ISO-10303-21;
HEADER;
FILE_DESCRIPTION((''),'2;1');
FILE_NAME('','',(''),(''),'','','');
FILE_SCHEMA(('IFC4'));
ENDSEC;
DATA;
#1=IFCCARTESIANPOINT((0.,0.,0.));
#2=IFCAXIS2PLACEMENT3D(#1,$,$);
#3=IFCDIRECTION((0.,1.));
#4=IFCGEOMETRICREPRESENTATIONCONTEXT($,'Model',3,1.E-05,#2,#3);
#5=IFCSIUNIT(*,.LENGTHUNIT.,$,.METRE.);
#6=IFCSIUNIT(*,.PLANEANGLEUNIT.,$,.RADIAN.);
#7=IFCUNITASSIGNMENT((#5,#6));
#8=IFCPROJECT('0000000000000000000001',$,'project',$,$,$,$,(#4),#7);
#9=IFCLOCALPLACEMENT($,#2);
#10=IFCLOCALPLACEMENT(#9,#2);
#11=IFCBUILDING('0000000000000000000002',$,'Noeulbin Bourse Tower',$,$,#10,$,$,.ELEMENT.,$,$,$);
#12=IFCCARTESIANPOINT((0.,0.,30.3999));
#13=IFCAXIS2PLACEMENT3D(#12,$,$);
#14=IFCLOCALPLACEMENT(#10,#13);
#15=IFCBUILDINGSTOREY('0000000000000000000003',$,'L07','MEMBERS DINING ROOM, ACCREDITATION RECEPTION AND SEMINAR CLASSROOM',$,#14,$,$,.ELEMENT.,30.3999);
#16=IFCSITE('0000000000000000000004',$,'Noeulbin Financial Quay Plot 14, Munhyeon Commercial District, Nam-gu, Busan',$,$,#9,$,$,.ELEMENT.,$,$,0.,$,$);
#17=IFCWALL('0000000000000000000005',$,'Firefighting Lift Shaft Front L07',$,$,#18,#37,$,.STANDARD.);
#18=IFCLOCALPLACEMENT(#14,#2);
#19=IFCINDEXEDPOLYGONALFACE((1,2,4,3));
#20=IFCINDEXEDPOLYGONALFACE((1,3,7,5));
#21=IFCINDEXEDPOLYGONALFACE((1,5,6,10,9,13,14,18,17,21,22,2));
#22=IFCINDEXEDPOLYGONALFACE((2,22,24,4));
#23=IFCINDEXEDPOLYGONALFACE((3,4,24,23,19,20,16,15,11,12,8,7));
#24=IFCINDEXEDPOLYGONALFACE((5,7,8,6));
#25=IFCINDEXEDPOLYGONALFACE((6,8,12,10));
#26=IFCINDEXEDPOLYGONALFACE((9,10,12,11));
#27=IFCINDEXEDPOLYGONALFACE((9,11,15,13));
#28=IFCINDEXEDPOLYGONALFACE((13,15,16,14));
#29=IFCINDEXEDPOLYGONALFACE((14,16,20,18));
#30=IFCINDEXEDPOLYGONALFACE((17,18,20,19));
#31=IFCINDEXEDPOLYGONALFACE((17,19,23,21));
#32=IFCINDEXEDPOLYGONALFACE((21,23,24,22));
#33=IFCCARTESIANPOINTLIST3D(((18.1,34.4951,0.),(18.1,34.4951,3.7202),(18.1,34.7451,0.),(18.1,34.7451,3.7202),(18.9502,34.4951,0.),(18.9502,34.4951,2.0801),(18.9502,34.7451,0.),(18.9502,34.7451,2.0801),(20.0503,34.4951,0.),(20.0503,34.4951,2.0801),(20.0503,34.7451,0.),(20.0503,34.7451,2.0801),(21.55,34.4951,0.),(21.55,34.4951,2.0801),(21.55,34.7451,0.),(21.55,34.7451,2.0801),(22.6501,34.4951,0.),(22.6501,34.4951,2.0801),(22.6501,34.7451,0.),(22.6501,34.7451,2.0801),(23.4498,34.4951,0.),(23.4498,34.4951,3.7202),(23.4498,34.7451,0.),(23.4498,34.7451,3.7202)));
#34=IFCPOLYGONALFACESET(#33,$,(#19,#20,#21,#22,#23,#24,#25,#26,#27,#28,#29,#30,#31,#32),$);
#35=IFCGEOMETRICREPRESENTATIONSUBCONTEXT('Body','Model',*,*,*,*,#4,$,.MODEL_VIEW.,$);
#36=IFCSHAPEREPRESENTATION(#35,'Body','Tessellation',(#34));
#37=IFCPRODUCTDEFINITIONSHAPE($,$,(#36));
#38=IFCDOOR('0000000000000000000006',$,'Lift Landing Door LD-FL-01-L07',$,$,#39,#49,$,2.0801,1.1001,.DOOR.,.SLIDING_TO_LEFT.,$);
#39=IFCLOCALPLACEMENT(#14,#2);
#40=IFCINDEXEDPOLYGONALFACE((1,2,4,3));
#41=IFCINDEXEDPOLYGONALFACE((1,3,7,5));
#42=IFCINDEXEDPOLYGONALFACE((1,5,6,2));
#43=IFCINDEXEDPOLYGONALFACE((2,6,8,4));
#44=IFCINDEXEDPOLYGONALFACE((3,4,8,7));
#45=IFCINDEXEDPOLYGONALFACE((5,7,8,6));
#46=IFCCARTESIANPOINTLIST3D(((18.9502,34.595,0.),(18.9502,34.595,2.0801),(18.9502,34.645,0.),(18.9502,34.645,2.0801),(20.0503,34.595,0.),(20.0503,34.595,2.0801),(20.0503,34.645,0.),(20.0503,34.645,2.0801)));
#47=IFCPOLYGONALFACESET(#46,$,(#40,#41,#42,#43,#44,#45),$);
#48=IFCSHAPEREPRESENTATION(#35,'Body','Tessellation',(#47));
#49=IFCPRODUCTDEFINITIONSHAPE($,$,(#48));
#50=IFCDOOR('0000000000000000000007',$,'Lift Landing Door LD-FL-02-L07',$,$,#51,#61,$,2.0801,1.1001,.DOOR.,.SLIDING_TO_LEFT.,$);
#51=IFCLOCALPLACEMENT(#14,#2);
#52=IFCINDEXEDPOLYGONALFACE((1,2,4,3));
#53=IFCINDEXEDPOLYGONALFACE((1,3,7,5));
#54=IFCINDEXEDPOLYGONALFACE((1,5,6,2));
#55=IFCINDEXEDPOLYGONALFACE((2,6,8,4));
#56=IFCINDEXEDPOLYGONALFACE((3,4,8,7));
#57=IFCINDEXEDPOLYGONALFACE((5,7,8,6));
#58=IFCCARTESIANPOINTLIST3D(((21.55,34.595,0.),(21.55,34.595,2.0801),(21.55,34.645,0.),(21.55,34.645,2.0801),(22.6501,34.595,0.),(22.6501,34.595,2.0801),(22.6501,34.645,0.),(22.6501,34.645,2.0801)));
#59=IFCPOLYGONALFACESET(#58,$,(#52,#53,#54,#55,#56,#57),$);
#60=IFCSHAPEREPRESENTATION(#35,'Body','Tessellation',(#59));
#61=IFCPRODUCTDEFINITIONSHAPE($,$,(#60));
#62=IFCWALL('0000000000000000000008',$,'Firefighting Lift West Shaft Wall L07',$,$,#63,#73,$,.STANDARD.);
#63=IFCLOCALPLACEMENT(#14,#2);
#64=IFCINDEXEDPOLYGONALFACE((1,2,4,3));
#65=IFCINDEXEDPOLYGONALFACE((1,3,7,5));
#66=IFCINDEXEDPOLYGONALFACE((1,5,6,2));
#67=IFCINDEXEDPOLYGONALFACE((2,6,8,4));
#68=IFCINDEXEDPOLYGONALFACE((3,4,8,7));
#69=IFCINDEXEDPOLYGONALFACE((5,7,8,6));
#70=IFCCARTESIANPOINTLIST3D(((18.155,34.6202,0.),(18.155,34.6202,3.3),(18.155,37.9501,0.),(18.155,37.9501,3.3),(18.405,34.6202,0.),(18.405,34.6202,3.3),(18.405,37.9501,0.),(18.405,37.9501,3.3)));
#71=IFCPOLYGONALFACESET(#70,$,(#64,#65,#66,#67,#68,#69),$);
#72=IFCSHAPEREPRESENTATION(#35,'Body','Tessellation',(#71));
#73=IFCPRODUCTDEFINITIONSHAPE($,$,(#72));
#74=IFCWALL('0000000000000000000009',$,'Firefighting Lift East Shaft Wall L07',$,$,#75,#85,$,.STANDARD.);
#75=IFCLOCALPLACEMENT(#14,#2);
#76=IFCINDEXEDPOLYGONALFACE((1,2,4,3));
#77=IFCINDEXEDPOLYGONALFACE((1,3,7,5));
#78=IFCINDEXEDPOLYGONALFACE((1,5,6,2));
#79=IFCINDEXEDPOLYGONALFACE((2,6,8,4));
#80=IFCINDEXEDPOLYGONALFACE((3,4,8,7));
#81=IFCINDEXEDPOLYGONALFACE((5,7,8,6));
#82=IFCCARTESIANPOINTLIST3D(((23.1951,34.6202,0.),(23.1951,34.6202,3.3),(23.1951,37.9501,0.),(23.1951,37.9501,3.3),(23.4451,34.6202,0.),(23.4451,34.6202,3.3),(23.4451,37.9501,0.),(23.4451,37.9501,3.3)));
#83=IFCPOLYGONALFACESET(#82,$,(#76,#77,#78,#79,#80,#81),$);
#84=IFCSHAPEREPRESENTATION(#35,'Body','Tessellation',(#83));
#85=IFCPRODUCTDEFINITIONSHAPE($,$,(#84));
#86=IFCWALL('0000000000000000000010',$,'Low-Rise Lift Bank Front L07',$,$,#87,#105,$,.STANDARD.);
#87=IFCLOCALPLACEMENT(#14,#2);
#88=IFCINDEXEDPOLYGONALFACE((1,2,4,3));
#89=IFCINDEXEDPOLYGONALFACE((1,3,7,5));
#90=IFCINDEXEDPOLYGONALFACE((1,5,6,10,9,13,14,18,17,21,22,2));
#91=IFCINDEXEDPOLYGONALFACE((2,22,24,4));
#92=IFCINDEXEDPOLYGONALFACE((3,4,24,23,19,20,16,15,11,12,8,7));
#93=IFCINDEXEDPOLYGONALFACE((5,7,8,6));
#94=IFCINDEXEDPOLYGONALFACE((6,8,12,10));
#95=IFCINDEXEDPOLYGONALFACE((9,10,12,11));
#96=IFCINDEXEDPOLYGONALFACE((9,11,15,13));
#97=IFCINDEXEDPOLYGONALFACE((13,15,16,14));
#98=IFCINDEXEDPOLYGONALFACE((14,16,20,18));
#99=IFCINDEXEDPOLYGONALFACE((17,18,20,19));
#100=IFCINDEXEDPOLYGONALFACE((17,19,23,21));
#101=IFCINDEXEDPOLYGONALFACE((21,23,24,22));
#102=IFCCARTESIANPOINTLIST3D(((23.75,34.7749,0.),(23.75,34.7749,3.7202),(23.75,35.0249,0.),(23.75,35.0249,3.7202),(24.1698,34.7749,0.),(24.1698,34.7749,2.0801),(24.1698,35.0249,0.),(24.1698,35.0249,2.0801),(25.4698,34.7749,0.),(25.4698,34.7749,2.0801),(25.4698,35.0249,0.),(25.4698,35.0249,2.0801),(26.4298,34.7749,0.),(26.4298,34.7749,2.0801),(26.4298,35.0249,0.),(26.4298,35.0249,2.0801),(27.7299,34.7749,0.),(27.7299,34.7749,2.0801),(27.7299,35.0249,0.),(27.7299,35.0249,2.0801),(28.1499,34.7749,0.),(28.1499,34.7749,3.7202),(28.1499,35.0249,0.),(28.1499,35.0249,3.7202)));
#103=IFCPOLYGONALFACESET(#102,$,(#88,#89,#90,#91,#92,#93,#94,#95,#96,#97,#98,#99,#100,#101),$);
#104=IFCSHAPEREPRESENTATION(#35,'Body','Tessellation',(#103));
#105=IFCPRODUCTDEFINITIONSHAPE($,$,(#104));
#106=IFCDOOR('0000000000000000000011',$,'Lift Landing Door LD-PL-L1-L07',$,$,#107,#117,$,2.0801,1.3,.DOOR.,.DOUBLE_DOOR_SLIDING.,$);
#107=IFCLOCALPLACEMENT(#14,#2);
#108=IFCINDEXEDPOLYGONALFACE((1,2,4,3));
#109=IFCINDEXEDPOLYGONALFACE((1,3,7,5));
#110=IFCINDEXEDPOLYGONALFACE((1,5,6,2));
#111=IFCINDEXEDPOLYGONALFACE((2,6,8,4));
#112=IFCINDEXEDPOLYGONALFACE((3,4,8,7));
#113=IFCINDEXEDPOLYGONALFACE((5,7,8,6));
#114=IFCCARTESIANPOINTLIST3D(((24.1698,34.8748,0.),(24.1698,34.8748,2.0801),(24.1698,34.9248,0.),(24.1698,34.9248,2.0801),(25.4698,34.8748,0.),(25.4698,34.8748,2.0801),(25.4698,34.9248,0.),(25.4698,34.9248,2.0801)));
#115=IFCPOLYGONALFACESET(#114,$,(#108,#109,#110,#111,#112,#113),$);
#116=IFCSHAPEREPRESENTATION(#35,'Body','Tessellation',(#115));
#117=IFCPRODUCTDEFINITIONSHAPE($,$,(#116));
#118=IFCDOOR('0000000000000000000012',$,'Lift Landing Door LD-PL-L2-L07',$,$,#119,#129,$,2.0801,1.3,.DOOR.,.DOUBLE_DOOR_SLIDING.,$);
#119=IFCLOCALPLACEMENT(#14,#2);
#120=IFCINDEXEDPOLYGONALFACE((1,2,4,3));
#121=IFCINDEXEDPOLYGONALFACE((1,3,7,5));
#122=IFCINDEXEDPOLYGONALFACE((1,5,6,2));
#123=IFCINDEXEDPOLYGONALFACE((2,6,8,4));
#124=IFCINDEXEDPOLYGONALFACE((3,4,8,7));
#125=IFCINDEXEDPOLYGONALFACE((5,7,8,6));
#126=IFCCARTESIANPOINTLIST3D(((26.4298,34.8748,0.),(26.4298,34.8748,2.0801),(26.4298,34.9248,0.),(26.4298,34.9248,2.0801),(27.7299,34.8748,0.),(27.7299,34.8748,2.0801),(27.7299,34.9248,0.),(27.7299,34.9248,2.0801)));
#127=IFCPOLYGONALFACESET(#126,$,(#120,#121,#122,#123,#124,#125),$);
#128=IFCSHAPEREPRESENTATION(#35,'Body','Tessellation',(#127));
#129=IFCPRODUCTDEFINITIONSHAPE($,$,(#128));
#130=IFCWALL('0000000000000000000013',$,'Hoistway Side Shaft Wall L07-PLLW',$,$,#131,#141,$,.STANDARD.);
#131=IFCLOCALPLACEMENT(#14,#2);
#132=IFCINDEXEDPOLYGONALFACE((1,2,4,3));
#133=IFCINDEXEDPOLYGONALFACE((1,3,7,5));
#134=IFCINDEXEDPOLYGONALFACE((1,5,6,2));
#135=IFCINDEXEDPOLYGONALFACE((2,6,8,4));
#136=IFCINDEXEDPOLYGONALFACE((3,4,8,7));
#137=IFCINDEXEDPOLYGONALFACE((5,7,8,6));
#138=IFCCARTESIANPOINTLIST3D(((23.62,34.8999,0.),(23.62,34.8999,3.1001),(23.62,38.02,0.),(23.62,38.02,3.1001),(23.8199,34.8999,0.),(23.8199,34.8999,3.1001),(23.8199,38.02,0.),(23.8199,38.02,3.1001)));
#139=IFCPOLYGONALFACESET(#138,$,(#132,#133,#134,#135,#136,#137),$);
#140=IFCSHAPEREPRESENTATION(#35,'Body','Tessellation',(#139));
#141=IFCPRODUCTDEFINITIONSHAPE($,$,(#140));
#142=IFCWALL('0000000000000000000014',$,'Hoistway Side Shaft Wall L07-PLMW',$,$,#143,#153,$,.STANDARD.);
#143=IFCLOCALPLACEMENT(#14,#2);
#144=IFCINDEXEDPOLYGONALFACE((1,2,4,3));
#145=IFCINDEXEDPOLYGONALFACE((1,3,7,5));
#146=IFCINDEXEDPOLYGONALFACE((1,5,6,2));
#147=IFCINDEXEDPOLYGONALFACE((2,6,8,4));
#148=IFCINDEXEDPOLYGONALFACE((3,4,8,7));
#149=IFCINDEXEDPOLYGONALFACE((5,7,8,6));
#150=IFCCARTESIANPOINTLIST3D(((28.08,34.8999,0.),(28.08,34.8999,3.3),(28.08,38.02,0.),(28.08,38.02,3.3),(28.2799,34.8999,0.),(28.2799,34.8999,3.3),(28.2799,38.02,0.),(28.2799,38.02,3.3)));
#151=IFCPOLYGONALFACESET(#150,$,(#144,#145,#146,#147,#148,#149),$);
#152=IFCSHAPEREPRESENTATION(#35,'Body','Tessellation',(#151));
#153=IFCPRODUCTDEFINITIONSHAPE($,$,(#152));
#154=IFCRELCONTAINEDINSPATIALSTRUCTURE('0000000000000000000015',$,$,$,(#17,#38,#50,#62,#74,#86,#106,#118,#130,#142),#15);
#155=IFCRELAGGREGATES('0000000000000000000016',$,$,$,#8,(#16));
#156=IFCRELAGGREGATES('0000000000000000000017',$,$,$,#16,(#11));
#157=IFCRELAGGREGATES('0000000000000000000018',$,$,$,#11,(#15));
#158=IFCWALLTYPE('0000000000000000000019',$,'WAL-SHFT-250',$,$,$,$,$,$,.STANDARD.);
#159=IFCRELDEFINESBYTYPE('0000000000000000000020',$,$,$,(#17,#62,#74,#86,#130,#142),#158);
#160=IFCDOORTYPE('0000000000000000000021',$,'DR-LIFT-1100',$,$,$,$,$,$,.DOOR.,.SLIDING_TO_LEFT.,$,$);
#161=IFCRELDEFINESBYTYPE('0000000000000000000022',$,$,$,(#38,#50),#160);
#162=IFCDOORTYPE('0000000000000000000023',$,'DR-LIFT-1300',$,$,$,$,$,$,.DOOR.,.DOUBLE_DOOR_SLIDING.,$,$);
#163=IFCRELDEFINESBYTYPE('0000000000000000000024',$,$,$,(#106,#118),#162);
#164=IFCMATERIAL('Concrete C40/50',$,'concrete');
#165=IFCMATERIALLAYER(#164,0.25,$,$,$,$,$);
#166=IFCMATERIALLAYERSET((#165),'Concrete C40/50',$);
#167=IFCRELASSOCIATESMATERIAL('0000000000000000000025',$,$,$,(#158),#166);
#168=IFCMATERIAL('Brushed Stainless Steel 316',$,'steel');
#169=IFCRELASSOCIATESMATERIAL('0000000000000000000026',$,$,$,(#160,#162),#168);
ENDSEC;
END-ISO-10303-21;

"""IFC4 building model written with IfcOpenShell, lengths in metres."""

from ifc_helpers import new_model, si_unit, direction, frame, frame_2d, origin, place, context, subcontext, project, spatial, rectangle, extrude, material, layer, layer_set, type_object, element, fill, save


model = new_model("IFC4")

# Units and contexts
model_context = context("Model", 3, precision=1e-05, world=origin(), true_north=direction((0.0, 1.0)))
body_context = subcontext(model_context, "Body", "Model", "MODEL_VIEW")
ifc_project = project(units=[si_unit("LENGTHUNIT", "METRE"), si_unit("PLANEANGLEUNIT", "RADIAN")], contexts=[model_context])

# Site, building, storey
site_placement = place(None, origin())
site = spatial("IfcSite", under=ifc_project, at=site_placement, Name="Noeulbin Financial Quay Plot 14, Munhyeon Commercial District, Nam-gu, Busan", CompositionType="ELEMENT", RefElevation=0.0)
building_placement = place(site_placement, origin())
building = spatial("IfcBuilding", under=site, at=building_placement, Name="Noeulbin Bourse Tower", CompositionType="ELEMENT")
storey_placement = place(building_placement, frame((0.0, 0.0, 30.3999)))
storey = spatial("IfcBuildingStorey", under=building, at=storey_placement, Name="L07", Description="MEMBERS DINING ROOM, ACCREDITATION RECEPTION AND SEMINAR CLASSROOM", CompositionType="ELEMENT", Elevation=30.3999)

# Shared definitions
ifc_material_1 = material(Name="Concrete C40/50", Category="concrete")

# Shared definitions
ifc_layer_1 = layer(ifc_material_1, 0.25)
ifc_layer_set_1 = layer_set([ifc_layer_1], Name="Concrete C40/50")
wall_type_1 = type_object("IfcWallType", Name="WAL-SHFT-250", PredefinedType="STANDARD", material=ifc_layer_set_1)

# Wall, openings, doors
wall_1_placement = place(storey_placement, frame((18.1001, 34.6201, 0.0), z_axis=(0.0, 0.0, 1.0), x_axis=(1.0, 0.0, 0.0)))
wall_1 = element("IfcWall", 1, at=wall_1_placement, inside=storey, type_object=wall_type_1, Name="Firefighting Lift Shaft Front L07", PredefinedType="STANDARD", context=body_context, shape_type="SweptSolid", body=[
    extrude(rectangle(XDim=5.3499, YDim=0.25, at=frame_2d((2.6748, 0.0))), origin(), (0.0, 0.0, 1.0), 3.7202),
])
opening_1_placement = place(wall_1_placement, frame((0.8501, 0.0, 0.0)))
opening_1 = element("IfcOpeningElement", 2, at=opening_1_placement, cuts=wall_1, PredefinedType="OPENING", context=body_context, shape_type="SweptSolid", body=[
    extrude(rectangle(XDim=1.1001, YDim=2.0801, at=frame_2d((0.55, 1.04))), frame((0.0, 0.135, 0.0), z_axis=(0.0, -1.0, 0.0), x_axis=(1.0, 0.0, 0.0)), (0.0, 0.0, 1.0), 0.27),
])
opening_2_placement = place(wall_1_placement, frame((3.45, 0.0, 0.0)))
opening_2 = element("IfcOpeningElement", 3, at=opening_2_placement, cuts=wall_1, PredefinedType="OPENING", context=body_context, shape_type="SweptSolid", body=[
    extrude(rectangle(XDim=1.1001, YDim=2.0801, at=frame_2d((0.55, 1.04))), frame((0.0, 0.135, 0.0), z_axis=(0.0, -1.0, 0.0), x_axis=(1.0, 0.0, 0.0)), (0.0, 0.0, 1.0), 0.27),
])
ifc_material_2 = material(Name="Brushed Stainless Steel 316", Category="steel")
door_type_1 = type_object("IfcDoorType", Name="DR-LIFT-1100", OperationType="SLIDING_TO_LEFT", PredefinedType="DOOR", material=ifc_material_2)
door_1_placement = place(opening_1_placement, origin())
door_1 = element("IfcDoor", 4, at=door_1_placement, inside=storey, type_object=door_type_1, Name="Lift Landing Door LD-FL-01-L07", OperationType="SLIDING_TO_LEFT", OverallHeight=2.0801, OverallWidth=1.1001, PredefinedType="DOOR", context=body_context, shape_type="SweptSolid", body=[
    extrude(rectangle(XDim=1.1001, YDim=2.0801, at=frame_2d((0.55, 1.04))), frame((0.0, 0.0249, 0.0), z_axis=(0.0, -1.0, 0.0), x_axis=(1.0, 0.0, 0.0)), (0.0, 0.0, 1.0), 0.05),
])
fill(opening_1, door_1)
door_2_placement = place(opening_2_placement, origin())
door_2 = element("IfcDoor", 5, at=door_2_placement, inside=storey, type_object=door_type_1, Name="Lift Landing Door LD-FL-02-L07", OperationType="SLIDING_TO_LEFT", OverallHeight=2.0801, OverallWidth=1.1001, PredefinedType="DOOR", context=body_context, shape_type="SweptSolid", body=[
    extrude(rectangle(XDim=1.1001, YDim=2.0801, at=frame_2d((0.55, 1.04))), frame((0.0, 0.0249, 0.0), z_axis=(0.0, -1.0, 0.0), x_axis=(1.0, 0.0, 0.0)), (0.0, 0.0, 1.0), 0.05),
])
fill(opening_2, door_2)

# Walls
for number, where, z_axis, x_axis, name in (
    (6, (18.28, 34.6201, 0.0), (0.0, 0.0, 1.0), (0.0, 1.0, 0.0), "Firefighting Lift West Shaft Wall L07"),
    (7, (23.3201, 34.6201, 0.0), (0.0, 0.0, 1.0), (0.0, 1.0, 0.0), "Firefighting Lift East Shaft Wall L07"),
):
    element("IfcWall", number, at=place(storey_placement, frame(where, z_axis=z_axis, x_axis=x_axis)), inside=storey, type_object=wall_type_1, Name=name, PredefinedType="STANDARD", context=body_context, shape_type="SweptSolid", body=[
        extrude(rectangle(XDim=3.3298, YDim=0.25, at=frame_2d((1.665, 0.0))), origin(), (0.0, 0.0, 1.0), 3.3),
    ])

# Wall, openings, doors
wall_2_placement = place(storey_placement, frame((23.75, 34.8999, 0.0), z_axis=(0.0, 0.0, 1.0), x_axis=(1.0, 0.0, 0.0)))
wall_2 = element("IfcWall", 8, at=wall_2_placement, inside=storey, type_object=wall_type_1, Name="Low-Rise Lift Bank Front L07", PredefinedType="STANDARD", context=body_context, shape_type="SweptSolid", body=[
    extrude(rectangle(XDim=4.3999, YDim=0.25, at=frame_2d((2.2, 0.0))), origin(), (0.0, 0.0, 1.0), 3.7202),
])
opening_3_placement = place(wall_2_placement, frame((0.4199, 0.0, 0.0)))
opening_3 = element("IfcOpeningElement", 9, at=opening_3_placement, cuts=wall_2, PredefinedType="OPENING", context=body_context, shape_type="SweptSolid", body=[
    extrude(rectangle(XDim=1.3, YDim=2.0801, at=frame_2d((0.6499, 1.04))), frame((0.0, 0.135, 0.0), z_axis=(0.0, -1.0, 0.0), x_axis=(1.0, 0.0, 0.0)), (0.0, 0.0, 1.0), 0.27),
])
opening_4_placement = place(wall_2_placement, frame((2.6799, 0.0, 0.0)))
opening_4 = element("IfcOpeningElement", 10, at=opening_4_placement, cuts=wall_2, PredefinedType="OPENING", context=body_context, shape_type="SweptSolid", body=[
    extrude(rectangle(XDim=1.3, YDim=2.0801, at=frame_2d((0.6499, 1.04))), frame((0.0, 0.135, 0.0), z_axis=(0.0, -1.0, 0.0), x_axis=(1.0, 0.0, 0.0)), (0.0, 0.0, 1.0), 0.27),
])
door_type_2 = type_object("IfcDoorType", Name="DR-LIFT-1300", OperationType="DOUBLE_DOOR_SLIDING", PredefinedType="DOOR", material=ifc_material_2)
door_3_placement = place(opening_3_placement, origin())
door_3 = element("IfcDoor", 11, at=door_3_placement, inside=storey, type_object=door_type_2, Name="Lift Landing Door LD-PL-L1-L07", OperationType="DOUBLE_DOOR_SLIDING", OverallHeight=2.0801, OverallWidth=1.3, PredefinedType="DOOR", context=body_context, shape_type="SweptSolid", body=[
    extrude(rectangle(XDim=1.3, YDim=2.0801, at=frame_2d((0.6499, 1.04))), frame((0.0, 0.0249, 0.0), z_axis=(0.0, -1.0, 0.0), x_axis=(1.0, 0.0, 0.0)), (0.0, 0.0, 1.0), 0.05),
])
fill(opening_3, door_3)
door_4_placement = place(opening_4_placement, origin())
door_4 = element("IfcDoor", 12, at=door_4_placement, inside=storey, type_object=door_type_2, Name="Lift Landing Door LD-PL-L2-L07", OperationType="DOUBLE_DOOR_SLIDING", OverallHeight=2.0801, OverallWidth=1.3, PredefinedType="DOOR", context=body_context, shape_type="SweptSolid", body=[
    extrude(rectangle(XDim=1.3, YDim=2.0801, at=frame_2d((0.6499, 1.04))), frame((0.0, 0.0249, 0.0), z_axis=(0.0, -1.0, 0.0), x_axis=(1.0, 0.0, 0.0)), (0.0, 0.0, 1.0), 0.05),
])
fill(opening_4, door_4)

# Walls
wall_3_placement = place(storey_placement, frame((23.72, 34.8999, 0.0), z_axis=(0.0, 0.0, 1.0), x_axis=(0.0, 1.0, 0.0)))
element("IfcWall", 13, at=wall_3_placement, inside=storey, type_object=wall_type_1, Name="Hoistway Side Shaft Wall L07-PLLW", PredefinedType="STANDARD", context=body_context, shape_type="SweptSolid", body=[
    extrude(rectangle(XDim=3.1201, YDim=0.2, at=frame_2d((1.5601, 0.0))), origin(), (0.0, 0.0, 1.0), 3.1001),
])
wall_4_placement = place(storey_placement, frame((28.1799, 34.8999, 0.0), z_axis=(0.0, 0.0, 1.0), x_axis=(0.0, 1.0, 0.0)))
element("IfcWall", 14, at=wall_4_placement, inside=storey, type_object=wall_type_1, Name="Hoistway Side Shaft Wall L07-PLMW", PredefinedType="STANDARD", context=body_context, shape_type="SweptSolid", body=[
    extrude(rectangle(XDim=3.1201, YDim=0.2, at=frame_2d((1.5601, 0.0))), origin(), (0.0, 0.0, 1.0), 3.3),
])

save(model, "model.ifc")
